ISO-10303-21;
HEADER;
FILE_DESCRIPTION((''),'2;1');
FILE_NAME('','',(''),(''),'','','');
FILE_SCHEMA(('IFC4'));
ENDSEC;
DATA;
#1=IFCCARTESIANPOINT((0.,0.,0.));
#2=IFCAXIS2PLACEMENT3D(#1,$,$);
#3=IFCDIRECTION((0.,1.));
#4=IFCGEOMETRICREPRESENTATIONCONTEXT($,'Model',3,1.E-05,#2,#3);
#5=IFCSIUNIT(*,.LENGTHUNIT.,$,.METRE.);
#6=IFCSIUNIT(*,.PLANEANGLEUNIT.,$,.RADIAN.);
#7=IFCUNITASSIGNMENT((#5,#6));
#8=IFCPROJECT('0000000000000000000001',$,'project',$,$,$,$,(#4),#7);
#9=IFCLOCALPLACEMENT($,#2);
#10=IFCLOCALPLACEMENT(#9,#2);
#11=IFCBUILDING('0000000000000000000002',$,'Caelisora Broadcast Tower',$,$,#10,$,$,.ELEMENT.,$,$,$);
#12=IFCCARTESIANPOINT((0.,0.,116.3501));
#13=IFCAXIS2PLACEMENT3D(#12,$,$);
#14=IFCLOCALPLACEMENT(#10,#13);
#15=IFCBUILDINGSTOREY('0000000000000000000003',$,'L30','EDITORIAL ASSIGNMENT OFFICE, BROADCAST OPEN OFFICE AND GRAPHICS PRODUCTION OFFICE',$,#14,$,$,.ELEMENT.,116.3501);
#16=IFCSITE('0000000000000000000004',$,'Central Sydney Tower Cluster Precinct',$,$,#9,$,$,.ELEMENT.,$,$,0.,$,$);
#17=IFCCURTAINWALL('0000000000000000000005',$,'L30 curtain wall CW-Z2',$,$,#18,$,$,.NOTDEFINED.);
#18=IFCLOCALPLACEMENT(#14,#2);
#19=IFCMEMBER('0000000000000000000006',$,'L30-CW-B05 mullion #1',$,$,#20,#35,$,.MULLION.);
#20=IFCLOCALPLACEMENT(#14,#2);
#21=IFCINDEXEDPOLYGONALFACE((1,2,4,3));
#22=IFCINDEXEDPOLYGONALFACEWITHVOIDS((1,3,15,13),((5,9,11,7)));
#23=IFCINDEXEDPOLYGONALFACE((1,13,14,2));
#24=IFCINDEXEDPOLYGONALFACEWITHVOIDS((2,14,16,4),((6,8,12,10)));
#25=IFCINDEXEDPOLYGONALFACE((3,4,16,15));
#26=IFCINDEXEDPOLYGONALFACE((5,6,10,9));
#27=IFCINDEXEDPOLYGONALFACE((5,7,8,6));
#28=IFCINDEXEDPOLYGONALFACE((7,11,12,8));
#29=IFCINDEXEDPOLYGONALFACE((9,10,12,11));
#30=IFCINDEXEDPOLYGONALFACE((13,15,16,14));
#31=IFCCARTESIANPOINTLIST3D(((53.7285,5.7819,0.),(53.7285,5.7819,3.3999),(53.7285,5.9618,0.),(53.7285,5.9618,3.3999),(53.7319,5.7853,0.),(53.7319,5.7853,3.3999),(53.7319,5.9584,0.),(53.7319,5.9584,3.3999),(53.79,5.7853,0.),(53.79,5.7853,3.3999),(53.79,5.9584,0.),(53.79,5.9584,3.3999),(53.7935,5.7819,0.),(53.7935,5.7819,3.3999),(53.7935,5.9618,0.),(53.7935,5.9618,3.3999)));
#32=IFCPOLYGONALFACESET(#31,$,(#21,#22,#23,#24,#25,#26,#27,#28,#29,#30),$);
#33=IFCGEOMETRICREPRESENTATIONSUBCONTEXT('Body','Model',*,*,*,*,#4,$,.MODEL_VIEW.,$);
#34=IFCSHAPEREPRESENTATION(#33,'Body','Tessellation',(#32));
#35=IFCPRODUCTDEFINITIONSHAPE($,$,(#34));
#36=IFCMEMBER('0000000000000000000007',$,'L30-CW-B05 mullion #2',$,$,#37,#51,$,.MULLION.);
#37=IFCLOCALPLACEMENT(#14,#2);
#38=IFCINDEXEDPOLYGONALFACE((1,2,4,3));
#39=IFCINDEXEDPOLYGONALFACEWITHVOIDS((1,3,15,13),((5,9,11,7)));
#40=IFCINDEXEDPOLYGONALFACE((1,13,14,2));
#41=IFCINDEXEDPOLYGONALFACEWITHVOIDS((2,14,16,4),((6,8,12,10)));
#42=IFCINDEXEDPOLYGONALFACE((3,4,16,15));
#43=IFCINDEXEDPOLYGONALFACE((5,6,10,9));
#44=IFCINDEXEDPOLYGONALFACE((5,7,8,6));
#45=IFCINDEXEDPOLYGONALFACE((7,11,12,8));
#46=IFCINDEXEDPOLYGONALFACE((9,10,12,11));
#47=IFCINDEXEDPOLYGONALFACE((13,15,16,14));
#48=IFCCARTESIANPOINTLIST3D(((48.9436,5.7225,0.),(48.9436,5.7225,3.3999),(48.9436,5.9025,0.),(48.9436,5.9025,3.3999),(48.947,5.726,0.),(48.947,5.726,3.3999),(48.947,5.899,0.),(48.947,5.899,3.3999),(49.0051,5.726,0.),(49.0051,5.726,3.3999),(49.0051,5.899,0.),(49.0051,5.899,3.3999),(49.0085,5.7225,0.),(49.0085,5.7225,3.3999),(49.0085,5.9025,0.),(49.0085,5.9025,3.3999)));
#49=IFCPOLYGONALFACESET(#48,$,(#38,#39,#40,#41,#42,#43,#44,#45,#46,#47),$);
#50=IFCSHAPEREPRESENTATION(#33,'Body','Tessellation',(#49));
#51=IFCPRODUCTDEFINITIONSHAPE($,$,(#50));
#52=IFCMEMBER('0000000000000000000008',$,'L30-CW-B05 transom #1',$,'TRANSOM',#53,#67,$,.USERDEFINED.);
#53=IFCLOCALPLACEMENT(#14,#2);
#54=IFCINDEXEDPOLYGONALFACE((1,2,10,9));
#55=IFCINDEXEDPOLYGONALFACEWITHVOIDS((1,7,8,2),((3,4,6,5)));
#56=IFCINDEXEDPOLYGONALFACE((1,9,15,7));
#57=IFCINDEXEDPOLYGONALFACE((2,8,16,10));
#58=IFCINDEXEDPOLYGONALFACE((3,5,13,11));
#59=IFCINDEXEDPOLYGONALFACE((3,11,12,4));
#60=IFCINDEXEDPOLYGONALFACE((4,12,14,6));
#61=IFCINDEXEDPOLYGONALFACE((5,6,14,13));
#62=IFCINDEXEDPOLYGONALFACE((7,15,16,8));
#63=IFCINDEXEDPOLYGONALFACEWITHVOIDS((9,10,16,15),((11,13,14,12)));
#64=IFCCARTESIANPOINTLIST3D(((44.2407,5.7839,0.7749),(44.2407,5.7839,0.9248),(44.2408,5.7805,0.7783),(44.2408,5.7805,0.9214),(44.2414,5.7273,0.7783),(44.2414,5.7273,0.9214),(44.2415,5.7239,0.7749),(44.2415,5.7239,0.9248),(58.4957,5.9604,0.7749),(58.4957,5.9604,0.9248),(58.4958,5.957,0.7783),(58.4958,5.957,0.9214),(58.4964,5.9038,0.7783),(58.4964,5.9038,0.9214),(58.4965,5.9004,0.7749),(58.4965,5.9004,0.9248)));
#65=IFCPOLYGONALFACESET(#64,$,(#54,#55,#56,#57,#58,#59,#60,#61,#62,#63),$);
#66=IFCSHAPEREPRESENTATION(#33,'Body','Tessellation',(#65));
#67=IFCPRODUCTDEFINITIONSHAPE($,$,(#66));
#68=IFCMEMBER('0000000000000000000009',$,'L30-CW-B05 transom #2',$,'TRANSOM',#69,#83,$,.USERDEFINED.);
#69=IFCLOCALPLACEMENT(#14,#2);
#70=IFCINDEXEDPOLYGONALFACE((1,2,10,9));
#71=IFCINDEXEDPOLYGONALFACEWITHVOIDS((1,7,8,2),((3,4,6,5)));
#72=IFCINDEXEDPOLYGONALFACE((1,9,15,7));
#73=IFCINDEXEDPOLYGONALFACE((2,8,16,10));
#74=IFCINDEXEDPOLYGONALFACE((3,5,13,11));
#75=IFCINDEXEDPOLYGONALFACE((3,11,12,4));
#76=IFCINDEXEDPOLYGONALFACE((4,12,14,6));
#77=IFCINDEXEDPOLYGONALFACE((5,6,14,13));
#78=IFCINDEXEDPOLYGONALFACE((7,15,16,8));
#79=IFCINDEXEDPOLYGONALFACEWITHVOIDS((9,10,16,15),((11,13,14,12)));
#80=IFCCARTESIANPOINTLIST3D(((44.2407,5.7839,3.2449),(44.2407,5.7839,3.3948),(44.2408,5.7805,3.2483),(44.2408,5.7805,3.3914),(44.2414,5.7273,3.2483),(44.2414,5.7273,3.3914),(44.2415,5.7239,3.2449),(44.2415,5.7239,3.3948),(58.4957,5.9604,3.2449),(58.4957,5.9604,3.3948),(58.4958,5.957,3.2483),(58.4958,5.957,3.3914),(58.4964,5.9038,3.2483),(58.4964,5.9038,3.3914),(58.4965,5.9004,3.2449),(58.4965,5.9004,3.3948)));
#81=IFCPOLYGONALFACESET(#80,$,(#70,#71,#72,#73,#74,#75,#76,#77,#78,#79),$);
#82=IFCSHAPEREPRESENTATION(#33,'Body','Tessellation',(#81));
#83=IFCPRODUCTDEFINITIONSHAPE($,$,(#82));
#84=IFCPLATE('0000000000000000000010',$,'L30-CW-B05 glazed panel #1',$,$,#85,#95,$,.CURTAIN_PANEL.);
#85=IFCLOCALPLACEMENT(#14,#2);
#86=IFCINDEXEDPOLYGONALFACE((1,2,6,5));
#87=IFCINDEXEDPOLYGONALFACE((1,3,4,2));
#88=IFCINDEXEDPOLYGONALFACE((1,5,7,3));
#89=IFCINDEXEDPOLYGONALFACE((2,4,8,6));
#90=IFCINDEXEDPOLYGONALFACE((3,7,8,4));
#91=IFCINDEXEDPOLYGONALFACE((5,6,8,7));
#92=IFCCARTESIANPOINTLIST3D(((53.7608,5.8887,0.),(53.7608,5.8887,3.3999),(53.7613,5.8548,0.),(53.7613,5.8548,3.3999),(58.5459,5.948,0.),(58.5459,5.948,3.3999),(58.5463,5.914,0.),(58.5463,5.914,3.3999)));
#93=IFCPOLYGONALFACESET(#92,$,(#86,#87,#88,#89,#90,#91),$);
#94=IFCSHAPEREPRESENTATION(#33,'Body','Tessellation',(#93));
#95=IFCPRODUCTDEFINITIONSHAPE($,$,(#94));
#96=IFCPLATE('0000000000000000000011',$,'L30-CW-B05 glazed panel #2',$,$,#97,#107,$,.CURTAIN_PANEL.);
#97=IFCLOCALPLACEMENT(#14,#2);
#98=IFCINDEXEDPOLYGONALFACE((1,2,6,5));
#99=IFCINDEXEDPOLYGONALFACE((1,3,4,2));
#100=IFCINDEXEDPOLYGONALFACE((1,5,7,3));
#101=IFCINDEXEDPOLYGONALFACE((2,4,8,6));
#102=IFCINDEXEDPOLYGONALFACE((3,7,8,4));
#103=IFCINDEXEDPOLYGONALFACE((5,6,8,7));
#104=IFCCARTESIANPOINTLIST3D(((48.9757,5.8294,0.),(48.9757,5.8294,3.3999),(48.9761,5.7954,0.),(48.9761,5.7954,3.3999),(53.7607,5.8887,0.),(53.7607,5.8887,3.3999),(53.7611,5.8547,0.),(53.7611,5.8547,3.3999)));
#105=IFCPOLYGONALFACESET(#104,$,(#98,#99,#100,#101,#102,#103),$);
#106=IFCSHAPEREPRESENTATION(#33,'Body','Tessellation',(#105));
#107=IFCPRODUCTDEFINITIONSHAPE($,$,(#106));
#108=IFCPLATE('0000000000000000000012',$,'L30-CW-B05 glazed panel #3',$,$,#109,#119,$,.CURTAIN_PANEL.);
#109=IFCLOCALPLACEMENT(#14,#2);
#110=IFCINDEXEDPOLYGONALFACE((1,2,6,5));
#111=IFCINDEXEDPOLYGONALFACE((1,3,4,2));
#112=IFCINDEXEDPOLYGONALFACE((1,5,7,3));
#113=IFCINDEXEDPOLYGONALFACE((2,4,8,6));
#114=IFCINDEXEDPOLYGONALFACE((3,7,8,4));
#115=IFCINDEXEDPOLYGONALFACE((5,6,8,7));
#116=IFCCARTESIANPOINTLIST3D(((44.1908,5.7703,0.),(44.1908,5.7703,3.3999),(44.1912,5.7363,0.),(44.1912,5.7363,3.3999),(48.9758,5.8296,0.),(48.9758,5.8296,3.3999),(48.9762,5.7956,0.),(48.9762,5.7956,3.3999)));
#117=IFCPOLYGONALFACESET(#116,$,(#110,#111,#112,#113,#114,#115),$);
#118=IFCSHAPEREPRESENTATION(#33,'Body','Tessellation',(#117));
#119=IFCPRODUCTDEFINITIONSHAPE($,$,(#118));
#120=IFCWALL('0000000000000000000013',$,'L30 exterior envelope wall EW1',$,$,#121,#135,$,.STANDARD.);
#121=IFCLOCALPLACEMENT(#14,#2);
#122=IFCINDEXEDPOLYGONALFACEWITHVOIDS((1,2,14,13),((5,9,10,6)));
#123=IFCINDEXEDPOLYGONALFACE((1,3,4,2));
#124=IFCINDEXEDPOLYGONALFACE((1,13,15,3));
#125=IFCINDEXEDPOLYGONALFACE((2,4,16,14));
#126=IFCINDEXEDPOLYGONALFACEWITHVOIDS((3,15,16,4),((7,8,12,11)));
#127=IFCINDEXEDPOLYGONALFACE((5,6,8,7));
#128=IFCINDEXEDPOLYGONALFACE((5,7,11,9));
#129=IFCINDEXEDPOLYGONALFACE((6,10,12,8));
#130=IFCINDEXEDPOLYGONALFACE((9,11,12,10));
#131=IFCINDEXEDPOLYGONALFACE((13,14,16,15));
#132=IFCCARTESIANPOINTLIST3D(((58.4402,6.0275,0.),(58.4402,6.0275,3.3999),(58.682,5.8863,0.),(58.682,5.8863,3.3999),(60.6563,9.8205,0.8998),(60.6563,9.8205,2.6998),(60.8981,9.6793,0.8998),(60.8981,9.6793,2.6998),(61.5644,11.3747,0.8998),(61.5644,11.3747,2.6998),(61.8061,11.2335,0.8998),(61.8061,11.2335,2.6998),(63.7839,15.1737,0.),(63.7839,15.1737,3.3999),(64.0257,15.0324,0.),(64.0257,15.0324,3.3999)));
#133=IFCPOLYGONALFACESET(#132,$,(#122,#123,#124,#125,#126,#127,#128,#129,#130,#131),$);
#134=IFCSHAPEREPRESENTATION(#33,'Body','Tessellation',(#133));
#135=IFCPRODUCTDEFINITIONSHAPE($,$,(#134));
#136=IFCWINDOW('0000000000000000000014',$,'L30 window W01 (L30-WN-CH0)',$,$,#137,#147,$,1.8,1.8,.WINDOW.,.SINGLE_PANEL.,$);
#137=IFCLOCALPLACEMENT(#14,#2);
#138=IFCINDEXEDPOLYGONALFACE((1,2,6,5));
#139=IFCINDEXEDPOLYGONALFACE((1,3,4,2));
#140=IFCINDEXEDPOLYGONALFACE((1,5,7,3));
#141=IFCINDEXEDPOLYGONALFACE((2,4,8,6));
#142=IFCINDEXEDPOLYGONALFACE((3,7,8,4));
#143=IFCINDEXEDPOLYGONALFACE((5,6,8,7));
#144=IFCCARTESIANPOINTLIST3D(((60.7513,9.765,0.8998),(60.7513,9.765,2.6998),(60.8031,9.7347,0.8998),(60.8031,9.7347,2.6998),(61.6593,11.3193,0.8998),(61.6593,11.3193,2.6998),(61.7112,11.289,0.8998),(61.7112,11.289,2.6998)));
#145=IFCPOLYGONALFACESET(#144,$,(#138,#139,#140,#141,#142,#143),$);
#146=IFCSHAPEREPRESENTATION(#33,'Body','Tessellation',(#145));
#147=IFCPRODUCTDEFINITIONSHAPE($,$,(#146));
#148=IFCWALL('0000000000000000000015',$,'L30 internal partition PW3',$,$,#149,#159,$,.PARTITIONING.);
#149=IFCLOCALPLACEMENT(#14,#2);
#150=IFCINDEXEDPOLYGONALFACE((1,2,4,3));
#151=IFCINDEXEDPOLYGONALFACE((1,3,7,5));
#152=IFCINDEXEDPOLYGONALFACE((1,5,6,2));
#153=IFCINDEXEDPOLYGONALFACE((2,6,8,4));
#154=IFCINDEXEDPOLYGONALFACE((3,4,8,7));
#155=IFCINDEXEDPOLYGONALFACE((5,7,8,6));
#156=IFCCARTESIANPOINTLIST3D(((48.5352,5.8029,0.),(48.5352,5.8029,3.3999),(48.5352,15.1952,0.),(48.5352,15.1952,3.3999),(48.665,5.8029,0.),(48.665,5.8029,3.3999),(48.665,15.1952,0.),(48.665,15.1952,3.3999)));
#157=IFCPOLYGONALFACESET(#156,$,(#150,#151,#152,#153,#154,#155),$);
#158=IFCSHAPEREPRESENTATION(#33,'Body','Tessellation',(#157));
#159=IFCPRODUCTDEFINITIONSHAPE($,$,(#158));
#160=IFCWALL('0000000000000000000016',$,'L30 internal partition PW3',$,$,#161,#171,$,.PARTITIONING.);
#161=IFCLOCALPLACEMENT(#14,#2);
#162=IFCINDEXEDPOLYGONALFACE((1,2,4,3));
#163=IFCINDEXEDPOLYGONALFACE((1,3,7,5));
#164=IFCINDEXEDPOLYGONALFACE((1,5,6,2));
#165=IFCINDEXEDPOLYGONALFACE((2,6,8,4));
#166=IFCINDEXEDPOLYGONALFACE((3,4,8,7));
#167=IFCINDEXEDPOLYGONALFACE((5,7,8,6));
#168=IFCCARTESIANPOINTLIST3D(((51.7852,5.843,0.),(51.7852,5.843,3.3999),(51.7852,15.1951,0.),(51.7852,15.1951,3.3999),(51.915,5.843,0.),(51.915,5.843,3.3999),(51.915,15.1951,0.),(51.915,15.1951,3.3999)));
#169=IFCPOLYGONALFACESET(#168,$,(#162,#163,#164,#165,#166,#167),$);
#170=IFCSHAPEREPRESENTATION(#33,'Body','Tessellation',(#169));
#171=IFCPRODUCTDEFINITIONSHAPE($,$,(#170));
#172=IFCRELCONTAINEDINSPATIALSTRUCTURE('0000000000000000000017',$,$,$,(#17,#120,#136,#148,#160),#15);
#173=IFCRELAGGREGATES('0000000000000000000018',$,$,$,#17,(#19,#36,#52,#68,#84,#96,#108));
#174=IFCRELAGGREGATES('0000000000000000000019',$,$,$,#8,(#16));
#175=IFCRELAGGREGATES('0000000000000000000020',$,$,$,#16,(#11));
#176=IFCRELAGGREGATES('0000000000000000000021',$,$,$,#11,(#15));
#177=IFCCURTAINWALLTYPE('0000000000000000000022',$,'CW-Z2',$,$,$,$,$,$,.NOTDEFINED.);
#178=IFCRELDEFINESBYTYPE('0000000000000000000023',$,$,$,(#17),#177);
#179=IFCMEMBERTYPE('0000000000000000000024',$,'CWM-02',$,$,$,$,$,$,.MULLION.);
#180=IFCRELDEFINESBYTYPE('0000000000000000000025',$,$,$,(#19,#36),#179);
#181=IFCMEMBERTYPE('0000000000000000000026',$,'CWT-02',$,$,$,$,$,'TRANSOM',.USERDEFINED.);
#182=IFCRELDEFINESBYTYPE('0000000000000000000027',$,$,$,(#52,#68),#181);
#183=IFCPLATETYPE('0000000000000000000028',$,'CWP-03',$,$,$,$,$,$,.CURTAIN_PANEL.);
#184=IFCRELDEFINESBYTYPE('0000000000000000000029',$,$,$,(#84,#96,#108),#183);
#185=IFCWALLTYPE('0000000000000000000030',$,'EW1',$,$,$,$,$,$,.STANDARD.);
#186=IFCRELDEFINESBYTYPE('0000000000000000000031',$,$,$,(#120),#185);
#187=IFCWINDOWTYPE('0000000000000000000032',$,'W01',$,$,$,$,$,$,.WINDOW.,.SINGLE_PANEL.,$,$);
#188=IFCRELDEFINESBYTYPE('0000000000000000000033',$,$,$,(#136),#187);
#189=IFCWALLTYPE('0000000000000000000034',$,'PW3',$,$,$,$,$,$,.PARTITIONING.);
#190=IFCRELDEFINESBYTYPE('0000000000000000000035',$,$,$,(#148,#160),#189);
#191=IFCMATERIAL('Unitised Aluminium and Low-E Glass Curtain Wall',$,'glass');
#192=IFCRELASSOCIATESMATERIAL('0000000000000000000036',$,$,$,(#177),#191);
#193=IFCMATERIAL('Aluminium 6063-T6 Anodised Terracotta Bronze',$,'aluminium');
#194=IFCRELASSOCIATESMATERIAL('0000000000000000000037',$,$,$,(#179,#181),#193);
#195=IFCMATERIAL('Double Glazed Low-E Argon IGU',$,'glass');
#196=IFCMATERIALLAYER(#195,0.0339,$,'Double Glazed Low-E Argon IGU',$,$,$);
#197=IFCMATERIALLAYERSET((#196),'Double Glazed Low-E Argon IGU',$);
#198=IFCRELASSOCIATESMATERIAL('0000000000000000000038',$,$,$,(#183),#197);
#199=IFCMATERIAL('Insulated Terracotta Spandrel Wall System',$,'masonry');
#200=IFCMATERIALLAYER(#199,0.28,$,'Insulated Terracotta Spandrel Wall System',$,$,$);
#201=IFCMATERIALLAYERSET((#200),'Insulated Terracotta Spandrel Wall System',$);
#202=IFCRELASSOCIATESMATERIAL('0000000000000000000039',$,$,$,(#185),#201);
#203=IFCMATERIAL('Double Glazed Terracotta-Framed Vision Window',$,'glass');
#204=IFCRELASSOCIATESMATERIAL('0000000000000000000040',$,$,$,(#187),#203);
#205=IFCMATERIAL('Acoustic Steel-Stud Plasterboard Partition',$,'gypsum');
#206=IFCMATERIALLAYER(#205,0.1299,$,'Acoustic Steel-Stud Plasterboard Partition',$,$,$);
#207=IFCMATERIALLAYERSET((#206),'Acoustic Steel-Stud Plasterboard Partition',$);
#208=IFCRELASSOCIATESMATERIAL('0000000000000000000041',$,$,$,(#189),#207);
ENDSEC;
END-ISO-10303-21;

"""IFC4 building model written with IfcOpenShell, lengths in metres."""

from ifc_helpers import new_model, si_unit, direction, frame, frame_2d, origin, origin_2d, place, context, subcontext, project, spatial, rectangle, hollow_rectangle, extrude, source, transform, mapped, material, layer, layer_set, material_profile, profile_set, type_object, type_shapes, element, fill, aggregate, save


model = new_model("IFC4")

# Units and contexts
model_context = context("Model", 3, precision=1e-05, world=origin(), true_north=direction((0.0, 1.0)))
body_context = subcontext(model_context, "Body", "Model", "MODEL_VIEW")
ifc_project = project(units=[si_unit("LENGTHUNIT", "METRE"), si_unit("PLANEANGLEUNIT", "RADIAN")], contexts=[model_context])

# Site, building, storey
site_placement = place(None, origin())
site = spatial("IfcSite", under=ifc_project, at=site_placement, Name="Central Sydney Tower Cluster Precinct", CompositionType="ELEMENT", RefElevation=0.0)
building_placement = place(site_placement, origin())
building = spatial("IfcBuilding", under=site, at=building_placement, Name="Caelisora Broadcast Tower", CompositionType="ELEMENT")
storey_placement = place(building_placement, frame((0.0, 0.0, 116.3501)))
storey = spatial("IfcBuildingStorey", under=building, at=storey_placement, Name="L30", Description="EDITORIAL ASSIGNMENT OFFICE, BROADCAST OPEN OFFICE AND GRAPHICS PRODUCTION OFFICE", CompositionType="ELEMENT", Elevation=116.3501)

# Shared definitions
ifc_material_1 = material(Name="Unitised Aluminium and Low-E Glass Curtain Wall", Category="glass")
curtain_wall_type = type_object("IfcCurtainWallType", Name="CW-Z2", PredefinedType="NOTDEFINED", material=ifc_material_1)
ifc_material_2 = material(Name="Aluminium 6063-T6 Anodised Terracotta Bronze", Category="aluminium")
ifc_material_profile_1 = material_profile(ifc_material_2, hollow_rectangle(XDim=0.0649, YDim=0.1799, WallThickness=0.0034, at=origin_2d()), Name="Aluminium 6063-T6 Anodised Terracotta Bronze")
ifc_profile_set_1 = profile_set([ifc_material_profile_1], Name="Aluminium 6063-T6 Anodised Terracotta Bronze")
member_type_1 = type_object("IfcMemberType", Name="CWM-02", PredefinedType="MULLION", material=ifc_profile_set_1)
shared_shape_1 = source(origin(), body_context, "Body", "SweptSolid", [
    extrude(hollow_rectangle(XDim=0.0649, YDim=0.1799, WallThickness=0.0034, at=origin_2d()), origin(), (0.0, 0.0, 1.0), 3.3999),
])
type_shapes(member_type_1, [shared_shape_1])

# Curtain wall, members, plates
curtain_wall_1_placement = place(storey_placement, origin())
curtain_wall_1 = element("IfcCurtainWall", 1, at=curtain_wall_1_placement, inside=storey, type_object=curtain_wall_type, Name="L30 curtain wall CW-Z2", PredefinedType="NOTDEFINED")
member_1_placement = place(storey_placement, frame((53.761, 5.8718, 0.0), z_axis=(0.0, 0.0, 1.0), x_axis=(1.0, 0.0, 0.0)))
member_1 = element("IfcMember", 2, at=member_1_placement, type_object=member_type_1, Name="L30-CW-B05 mullion #1", PredefinedType="MULLION", context=body_context, shape_type="MappedRepresentation", body=[
    mapped(shared_shape_1, transform((0.0, 0.0, 0.0), scale=1.0)),
])
member_2_placement = place(storey_placement, frame((48.9761, 5.8125, 0.0), z_axis=(0.0, 0.0, 1.0), x_axis=(1.0, 0.0, 0.0)))
member_2 = element("IfcMember", 3, at=member_2_placement, type_object=member_type_1, Name="L30-CW-B05 mullion #2", PredefinedType="MULLION", context=body_context, shape_type="MappedRepresentation", body=[
    mapped(shared_shape_1, transform((0.0, 0.0, 0.0), scale=1.0)),
])
ifc_material_profile_2 = material_profile(ifc_material_2, hollow_rectangle(XDim=0.0601, YDim=0.1499, WallThickness=0.0034, at=origin_2d()), Name="Aluminium 6063-T6 Anodised Terracotta Bronze")
ifc_profile_set_2 = profile_set([ifc_material_profile_2], Name="Aluminium 6063-T6 Anodised Terracotta Bronze")
member_type_2 = type_object("IfcMemberType", Name="CWT-02", ElementType="TRANSOM", PredefinedType="USERDEFINED", material=ifc_profile_set_2)
shared_shape_2 = source(origin(), body_context, "Body", "SweptSolid", [
    extrude(hollow_rectangle(XDim=0.0601, YDim=0.1499, WallThickness=0.0034, at=origin_2d()), origin(), (0.0, 0.0, 1.0), 14.2561),
])
type_shapes(member_type_2, [shared_shape_2])
member_3_placement = place(storey_placement, frame((58.4961, 5.9304, 0.8499), z_axis=(-0.999923, -0.012382, 0.0), x_axis=(0.012382, -0.999923, 0.0)))
member_3 = element("IfcMember", 4, at=member_3_placement, type_object=member_type_2, Name="L30-CW-B05 transom #1", ObjectType="TRANSOM", PredefinedType="USERDEFINED", context=body_context, shape_type="MappedRepresentation", body=[
    mapped(shared_shape_2, transform((0.0, 0.0, 0.0), scale=1.0)),
])
member_4_placement = place(storey_placement, frame((58.4961, 5.9304, 3.3198), z_axis=(-0.999923, -0.012382, 0.0), x_axis=(0.012382, -0.999923, 0.0)))
member_4 = element("IfcMember", 5, at=member_4_placement, type_object=member_type_2, Name="L30-CW-B05 transom #2", ObjectType="TRANSOM", PredefinedType="USERDEFINED", context=body_context, shape_type="MappedRepresentation", body=[
    mapped(shared_shape_2, transform((0.0, 0.0, 0.0), scale=1.0)),
])
ifc_material_3 = material(Name="Double Glazed Low-E Argon IGU", Category="glass")
ifc_layer_1 = layer(ifc_material_3, 0.0339, Name="Double Glazed Low-E Argon IGU")
ifc_layer_set_1 = layer_set([ifc_layer_1], Name="Double Glazed Low-E Argon IGU")
plate_type = type_object("IfcPlateType", Name="CWP-03", PredefinedType="CURTAIN_PANEL", material=ifc_layer_set_1)
shared_shape_3 = source(origin(), body_context, "Body", "SweptSolid", [
    extrude(rectangle(XDim=4.7854, YDim=0.0339, at=origin_2d()), origin(), (0.0, 0.0, 1.0), 3.3999),
])
type_shapes(plate_type, [shared_shape_3])
plate_1_placement = place(storey_placement, frame((56.1536, 5.9014, 0.0), z_axis=(0.0, 0.0, 1.0), x_axis=(-0.999923, -0.012392, 0.0)))
plate_1 = element("IfcPlate", 6, at=plate_1_placement, type_object=plate_type, Name="L30-CW-B05 glazed panel #1", PredefinedType="CURTAIN_PANEL", context=body_context, shape_type="MappedRepresentation", body=[
    mapped(shared_shape_3, transform((0.0, 0.0, 0.0), scale=1.0)),
])
plate_2_placement = place(storey_placement, frame((51.3684, 5.842, 0.0), z_axis=(0.0, 0.0, 1.0), x_axis=(-0.999923, -0.012392, 0.0)))
plate_2 = element("IfcPlate", 7, at=plate_2_placement, type_object=plate_type, Name="L30-CW-B05 glazed panel #2", PredefinedType="CURTAIN_PANEL", context=body_context, shape_type="MappedRepresentation", body=[
    mapped(shared_shape_3, transform((0.0, 0.0, 0.0), scale=1.0)),
])
plate_3_placement = place(storey_placement, frame((46.5835, 5.783, 0.0), z_axis=(0.0, 0.0, 1.0), x_axis=(-0.999923, -0.012392, 0.0)))
plate_3 = element("IfcPlate", 8, at=plate_3_placement, type_object=plate_type, Name="L30-CW-B05 glazed panel #3", PredefinedType="CURTAIN_PANEL", context=body_context, shape_type="MappedRepresentation", body=[
    mapped(shared_shape_3, transform((0.0, 0.0, 0.0), scale=1.0)),
])
aggregate(curtain_wall_1, [member_1, member_2, member_3, member_4, plate_1, plate_2, plate_3])

# Wall, opening, window
ifc_material_4 = material(Name="Insulated Terracotta Spandrel Wall System", Category="masonry")
ifc_layer_2 = layer(ifc_material_4, 0.28, Name="Insulated Terracotta Spandrel Wall System")
ifc_layer_set_2 = layer_set([ifc_layer_2], Name="Insulated Terracotta Spandrel Wall System")
wall_type_1 = type_object("IfcWallType", Name="EW1", PredefinedType="STANDARD", material=ifc_layer_set_2)
wall_1_placement = place(storey_placement, frame((63.9048, 15.103, 0.0), z_axis=(0.0, 0.0, 1.0), x_axis=(-0.504466, -0.863432, 0.0)))
wall_1 = element("IfcWall", 9, at=wall_1_placement, inside=storey, type_object=wall_type_1, Name="L30 exterior envelope wall EW1", PredefinedType="STANDARD", context=body_context, shape_type="SweptSolid", body=[
    extrude(rectangle(XDim=10.5928, YDim=0.28, at=frame_2d((5.2964, 0.0))), origin(), (0.0, 0.0, 1.0), 3.3999),
])
opening_placement = place(wall_1_placement, frame((4.3999, 0.0, 0.8999)))
opening = element("IfcOpeningElement", 10, at=opening_placement, cuts=wall_1, PredefinedType="OPENING", context=body_context, shape_type="SweptSolid", body=[
    extrude(rectangle(XDim=1.8, YDim=1.8, at=frame_2d((0.8999, 0.8999))), frame((0.0, 0.1521, 0.0), z_axis=(0.0, -1.0, 0.0), x_axis=(1.0, 0.0, 0.0)), (0.0, 0.0, 1.0), 0.304),
])
ifc_material_5 = material(Name="Double Glazed Terracotta-Framed Vision Window", Category="glass")
window_type = type_object("IfcWindowType", Name="W01", PartitioningType="SINGLE_PANEL", PredefinedType="WINDOW", material=ifc_material_5)
window_placement = place(opening_placement, origin())
window = element("IfcWindow", 11, at=window_placement, inside=storey, type_object=window_type, Name="L30 window W01 (L30-WN-CH0)", OverallHeight=1.8, OverallWidth=1.8, PartitioningType="SINGLE_PANEL", PredefinedType="WINDOW", context=body_context, shape_type="SweptSolid", body=[
    extrude(rectangle(XDim=1.8, YDim=1.8, at=frame_2d((0.8999, 0.8999))), frame((0.0, 0.03, 0.0), z_axis=(0.0, -1.0, 0.0), x_axis=(1.0, 0.0, 0.0)), (0.0, 0.0, 1.0), 0.0601),
])
fill(opening, window)

# Walls
ifc_material_6 = material(Name="Acoustic Steel-Stud Plasterboard Partition", Category="gypsum")
ifc_layer_3 = layer(ifc_material_6, 0.1299, Name="Acoustic Steel-Stud Plasterboard Partition")
ifc_layer_set_3 = layer_set([ifc_layer_3], Name="Acoustic Steel-Stud Plasterboard Partition")
wall_type_2 = type_object("IfcWallType", Name="PW3", PredefinedType="PARTITIONING", material=ifc_layer_set_3)
wall_2_placement = place(storey_placement, frame((48.6001, 5.8027, 0.0), z_axis=(0.0, 0.0, 1.0), x_axis=(0.0, 1.0, 0.0)))
element("IfcWall", 12, at=wall_2_placement, inside=storey, type_object=wall_type_2, Name="L30 internal partition PW3", PredefinedType="PARTITIONING", context=body_context, shape_type="SweptSolid", body=[
    extrude(rectangle(XDim=9.3923, YDim=0.1299, at=frame_2d((4.6963, 0.0))), origin(), (0.0, 0.0, 1.0), 3.3999),
])
wall_3_placement = place(storey_placement, frame((51.8501, 5.843, 0.0), z_axis=(0.0, 0.0, 1.0), x_axis=(0.0, 1.0, 0.0)))
element("IfcWall", 13, at=wall_3_placement, inside=storey, type_object=wall_type_2, Name="L30 internal partition PW3", PredefinedType="PARTITIONING", context=body_context, shape_type="SweptSolid", body=[
    extrude(rectangle(XDim=9.3521, YDim=0.1299, at=frame_2d((4.676, 0.0))), origin(), (0.0, 0.0, 1.0), 3.3999),
])

save(model, "model.ifc")
